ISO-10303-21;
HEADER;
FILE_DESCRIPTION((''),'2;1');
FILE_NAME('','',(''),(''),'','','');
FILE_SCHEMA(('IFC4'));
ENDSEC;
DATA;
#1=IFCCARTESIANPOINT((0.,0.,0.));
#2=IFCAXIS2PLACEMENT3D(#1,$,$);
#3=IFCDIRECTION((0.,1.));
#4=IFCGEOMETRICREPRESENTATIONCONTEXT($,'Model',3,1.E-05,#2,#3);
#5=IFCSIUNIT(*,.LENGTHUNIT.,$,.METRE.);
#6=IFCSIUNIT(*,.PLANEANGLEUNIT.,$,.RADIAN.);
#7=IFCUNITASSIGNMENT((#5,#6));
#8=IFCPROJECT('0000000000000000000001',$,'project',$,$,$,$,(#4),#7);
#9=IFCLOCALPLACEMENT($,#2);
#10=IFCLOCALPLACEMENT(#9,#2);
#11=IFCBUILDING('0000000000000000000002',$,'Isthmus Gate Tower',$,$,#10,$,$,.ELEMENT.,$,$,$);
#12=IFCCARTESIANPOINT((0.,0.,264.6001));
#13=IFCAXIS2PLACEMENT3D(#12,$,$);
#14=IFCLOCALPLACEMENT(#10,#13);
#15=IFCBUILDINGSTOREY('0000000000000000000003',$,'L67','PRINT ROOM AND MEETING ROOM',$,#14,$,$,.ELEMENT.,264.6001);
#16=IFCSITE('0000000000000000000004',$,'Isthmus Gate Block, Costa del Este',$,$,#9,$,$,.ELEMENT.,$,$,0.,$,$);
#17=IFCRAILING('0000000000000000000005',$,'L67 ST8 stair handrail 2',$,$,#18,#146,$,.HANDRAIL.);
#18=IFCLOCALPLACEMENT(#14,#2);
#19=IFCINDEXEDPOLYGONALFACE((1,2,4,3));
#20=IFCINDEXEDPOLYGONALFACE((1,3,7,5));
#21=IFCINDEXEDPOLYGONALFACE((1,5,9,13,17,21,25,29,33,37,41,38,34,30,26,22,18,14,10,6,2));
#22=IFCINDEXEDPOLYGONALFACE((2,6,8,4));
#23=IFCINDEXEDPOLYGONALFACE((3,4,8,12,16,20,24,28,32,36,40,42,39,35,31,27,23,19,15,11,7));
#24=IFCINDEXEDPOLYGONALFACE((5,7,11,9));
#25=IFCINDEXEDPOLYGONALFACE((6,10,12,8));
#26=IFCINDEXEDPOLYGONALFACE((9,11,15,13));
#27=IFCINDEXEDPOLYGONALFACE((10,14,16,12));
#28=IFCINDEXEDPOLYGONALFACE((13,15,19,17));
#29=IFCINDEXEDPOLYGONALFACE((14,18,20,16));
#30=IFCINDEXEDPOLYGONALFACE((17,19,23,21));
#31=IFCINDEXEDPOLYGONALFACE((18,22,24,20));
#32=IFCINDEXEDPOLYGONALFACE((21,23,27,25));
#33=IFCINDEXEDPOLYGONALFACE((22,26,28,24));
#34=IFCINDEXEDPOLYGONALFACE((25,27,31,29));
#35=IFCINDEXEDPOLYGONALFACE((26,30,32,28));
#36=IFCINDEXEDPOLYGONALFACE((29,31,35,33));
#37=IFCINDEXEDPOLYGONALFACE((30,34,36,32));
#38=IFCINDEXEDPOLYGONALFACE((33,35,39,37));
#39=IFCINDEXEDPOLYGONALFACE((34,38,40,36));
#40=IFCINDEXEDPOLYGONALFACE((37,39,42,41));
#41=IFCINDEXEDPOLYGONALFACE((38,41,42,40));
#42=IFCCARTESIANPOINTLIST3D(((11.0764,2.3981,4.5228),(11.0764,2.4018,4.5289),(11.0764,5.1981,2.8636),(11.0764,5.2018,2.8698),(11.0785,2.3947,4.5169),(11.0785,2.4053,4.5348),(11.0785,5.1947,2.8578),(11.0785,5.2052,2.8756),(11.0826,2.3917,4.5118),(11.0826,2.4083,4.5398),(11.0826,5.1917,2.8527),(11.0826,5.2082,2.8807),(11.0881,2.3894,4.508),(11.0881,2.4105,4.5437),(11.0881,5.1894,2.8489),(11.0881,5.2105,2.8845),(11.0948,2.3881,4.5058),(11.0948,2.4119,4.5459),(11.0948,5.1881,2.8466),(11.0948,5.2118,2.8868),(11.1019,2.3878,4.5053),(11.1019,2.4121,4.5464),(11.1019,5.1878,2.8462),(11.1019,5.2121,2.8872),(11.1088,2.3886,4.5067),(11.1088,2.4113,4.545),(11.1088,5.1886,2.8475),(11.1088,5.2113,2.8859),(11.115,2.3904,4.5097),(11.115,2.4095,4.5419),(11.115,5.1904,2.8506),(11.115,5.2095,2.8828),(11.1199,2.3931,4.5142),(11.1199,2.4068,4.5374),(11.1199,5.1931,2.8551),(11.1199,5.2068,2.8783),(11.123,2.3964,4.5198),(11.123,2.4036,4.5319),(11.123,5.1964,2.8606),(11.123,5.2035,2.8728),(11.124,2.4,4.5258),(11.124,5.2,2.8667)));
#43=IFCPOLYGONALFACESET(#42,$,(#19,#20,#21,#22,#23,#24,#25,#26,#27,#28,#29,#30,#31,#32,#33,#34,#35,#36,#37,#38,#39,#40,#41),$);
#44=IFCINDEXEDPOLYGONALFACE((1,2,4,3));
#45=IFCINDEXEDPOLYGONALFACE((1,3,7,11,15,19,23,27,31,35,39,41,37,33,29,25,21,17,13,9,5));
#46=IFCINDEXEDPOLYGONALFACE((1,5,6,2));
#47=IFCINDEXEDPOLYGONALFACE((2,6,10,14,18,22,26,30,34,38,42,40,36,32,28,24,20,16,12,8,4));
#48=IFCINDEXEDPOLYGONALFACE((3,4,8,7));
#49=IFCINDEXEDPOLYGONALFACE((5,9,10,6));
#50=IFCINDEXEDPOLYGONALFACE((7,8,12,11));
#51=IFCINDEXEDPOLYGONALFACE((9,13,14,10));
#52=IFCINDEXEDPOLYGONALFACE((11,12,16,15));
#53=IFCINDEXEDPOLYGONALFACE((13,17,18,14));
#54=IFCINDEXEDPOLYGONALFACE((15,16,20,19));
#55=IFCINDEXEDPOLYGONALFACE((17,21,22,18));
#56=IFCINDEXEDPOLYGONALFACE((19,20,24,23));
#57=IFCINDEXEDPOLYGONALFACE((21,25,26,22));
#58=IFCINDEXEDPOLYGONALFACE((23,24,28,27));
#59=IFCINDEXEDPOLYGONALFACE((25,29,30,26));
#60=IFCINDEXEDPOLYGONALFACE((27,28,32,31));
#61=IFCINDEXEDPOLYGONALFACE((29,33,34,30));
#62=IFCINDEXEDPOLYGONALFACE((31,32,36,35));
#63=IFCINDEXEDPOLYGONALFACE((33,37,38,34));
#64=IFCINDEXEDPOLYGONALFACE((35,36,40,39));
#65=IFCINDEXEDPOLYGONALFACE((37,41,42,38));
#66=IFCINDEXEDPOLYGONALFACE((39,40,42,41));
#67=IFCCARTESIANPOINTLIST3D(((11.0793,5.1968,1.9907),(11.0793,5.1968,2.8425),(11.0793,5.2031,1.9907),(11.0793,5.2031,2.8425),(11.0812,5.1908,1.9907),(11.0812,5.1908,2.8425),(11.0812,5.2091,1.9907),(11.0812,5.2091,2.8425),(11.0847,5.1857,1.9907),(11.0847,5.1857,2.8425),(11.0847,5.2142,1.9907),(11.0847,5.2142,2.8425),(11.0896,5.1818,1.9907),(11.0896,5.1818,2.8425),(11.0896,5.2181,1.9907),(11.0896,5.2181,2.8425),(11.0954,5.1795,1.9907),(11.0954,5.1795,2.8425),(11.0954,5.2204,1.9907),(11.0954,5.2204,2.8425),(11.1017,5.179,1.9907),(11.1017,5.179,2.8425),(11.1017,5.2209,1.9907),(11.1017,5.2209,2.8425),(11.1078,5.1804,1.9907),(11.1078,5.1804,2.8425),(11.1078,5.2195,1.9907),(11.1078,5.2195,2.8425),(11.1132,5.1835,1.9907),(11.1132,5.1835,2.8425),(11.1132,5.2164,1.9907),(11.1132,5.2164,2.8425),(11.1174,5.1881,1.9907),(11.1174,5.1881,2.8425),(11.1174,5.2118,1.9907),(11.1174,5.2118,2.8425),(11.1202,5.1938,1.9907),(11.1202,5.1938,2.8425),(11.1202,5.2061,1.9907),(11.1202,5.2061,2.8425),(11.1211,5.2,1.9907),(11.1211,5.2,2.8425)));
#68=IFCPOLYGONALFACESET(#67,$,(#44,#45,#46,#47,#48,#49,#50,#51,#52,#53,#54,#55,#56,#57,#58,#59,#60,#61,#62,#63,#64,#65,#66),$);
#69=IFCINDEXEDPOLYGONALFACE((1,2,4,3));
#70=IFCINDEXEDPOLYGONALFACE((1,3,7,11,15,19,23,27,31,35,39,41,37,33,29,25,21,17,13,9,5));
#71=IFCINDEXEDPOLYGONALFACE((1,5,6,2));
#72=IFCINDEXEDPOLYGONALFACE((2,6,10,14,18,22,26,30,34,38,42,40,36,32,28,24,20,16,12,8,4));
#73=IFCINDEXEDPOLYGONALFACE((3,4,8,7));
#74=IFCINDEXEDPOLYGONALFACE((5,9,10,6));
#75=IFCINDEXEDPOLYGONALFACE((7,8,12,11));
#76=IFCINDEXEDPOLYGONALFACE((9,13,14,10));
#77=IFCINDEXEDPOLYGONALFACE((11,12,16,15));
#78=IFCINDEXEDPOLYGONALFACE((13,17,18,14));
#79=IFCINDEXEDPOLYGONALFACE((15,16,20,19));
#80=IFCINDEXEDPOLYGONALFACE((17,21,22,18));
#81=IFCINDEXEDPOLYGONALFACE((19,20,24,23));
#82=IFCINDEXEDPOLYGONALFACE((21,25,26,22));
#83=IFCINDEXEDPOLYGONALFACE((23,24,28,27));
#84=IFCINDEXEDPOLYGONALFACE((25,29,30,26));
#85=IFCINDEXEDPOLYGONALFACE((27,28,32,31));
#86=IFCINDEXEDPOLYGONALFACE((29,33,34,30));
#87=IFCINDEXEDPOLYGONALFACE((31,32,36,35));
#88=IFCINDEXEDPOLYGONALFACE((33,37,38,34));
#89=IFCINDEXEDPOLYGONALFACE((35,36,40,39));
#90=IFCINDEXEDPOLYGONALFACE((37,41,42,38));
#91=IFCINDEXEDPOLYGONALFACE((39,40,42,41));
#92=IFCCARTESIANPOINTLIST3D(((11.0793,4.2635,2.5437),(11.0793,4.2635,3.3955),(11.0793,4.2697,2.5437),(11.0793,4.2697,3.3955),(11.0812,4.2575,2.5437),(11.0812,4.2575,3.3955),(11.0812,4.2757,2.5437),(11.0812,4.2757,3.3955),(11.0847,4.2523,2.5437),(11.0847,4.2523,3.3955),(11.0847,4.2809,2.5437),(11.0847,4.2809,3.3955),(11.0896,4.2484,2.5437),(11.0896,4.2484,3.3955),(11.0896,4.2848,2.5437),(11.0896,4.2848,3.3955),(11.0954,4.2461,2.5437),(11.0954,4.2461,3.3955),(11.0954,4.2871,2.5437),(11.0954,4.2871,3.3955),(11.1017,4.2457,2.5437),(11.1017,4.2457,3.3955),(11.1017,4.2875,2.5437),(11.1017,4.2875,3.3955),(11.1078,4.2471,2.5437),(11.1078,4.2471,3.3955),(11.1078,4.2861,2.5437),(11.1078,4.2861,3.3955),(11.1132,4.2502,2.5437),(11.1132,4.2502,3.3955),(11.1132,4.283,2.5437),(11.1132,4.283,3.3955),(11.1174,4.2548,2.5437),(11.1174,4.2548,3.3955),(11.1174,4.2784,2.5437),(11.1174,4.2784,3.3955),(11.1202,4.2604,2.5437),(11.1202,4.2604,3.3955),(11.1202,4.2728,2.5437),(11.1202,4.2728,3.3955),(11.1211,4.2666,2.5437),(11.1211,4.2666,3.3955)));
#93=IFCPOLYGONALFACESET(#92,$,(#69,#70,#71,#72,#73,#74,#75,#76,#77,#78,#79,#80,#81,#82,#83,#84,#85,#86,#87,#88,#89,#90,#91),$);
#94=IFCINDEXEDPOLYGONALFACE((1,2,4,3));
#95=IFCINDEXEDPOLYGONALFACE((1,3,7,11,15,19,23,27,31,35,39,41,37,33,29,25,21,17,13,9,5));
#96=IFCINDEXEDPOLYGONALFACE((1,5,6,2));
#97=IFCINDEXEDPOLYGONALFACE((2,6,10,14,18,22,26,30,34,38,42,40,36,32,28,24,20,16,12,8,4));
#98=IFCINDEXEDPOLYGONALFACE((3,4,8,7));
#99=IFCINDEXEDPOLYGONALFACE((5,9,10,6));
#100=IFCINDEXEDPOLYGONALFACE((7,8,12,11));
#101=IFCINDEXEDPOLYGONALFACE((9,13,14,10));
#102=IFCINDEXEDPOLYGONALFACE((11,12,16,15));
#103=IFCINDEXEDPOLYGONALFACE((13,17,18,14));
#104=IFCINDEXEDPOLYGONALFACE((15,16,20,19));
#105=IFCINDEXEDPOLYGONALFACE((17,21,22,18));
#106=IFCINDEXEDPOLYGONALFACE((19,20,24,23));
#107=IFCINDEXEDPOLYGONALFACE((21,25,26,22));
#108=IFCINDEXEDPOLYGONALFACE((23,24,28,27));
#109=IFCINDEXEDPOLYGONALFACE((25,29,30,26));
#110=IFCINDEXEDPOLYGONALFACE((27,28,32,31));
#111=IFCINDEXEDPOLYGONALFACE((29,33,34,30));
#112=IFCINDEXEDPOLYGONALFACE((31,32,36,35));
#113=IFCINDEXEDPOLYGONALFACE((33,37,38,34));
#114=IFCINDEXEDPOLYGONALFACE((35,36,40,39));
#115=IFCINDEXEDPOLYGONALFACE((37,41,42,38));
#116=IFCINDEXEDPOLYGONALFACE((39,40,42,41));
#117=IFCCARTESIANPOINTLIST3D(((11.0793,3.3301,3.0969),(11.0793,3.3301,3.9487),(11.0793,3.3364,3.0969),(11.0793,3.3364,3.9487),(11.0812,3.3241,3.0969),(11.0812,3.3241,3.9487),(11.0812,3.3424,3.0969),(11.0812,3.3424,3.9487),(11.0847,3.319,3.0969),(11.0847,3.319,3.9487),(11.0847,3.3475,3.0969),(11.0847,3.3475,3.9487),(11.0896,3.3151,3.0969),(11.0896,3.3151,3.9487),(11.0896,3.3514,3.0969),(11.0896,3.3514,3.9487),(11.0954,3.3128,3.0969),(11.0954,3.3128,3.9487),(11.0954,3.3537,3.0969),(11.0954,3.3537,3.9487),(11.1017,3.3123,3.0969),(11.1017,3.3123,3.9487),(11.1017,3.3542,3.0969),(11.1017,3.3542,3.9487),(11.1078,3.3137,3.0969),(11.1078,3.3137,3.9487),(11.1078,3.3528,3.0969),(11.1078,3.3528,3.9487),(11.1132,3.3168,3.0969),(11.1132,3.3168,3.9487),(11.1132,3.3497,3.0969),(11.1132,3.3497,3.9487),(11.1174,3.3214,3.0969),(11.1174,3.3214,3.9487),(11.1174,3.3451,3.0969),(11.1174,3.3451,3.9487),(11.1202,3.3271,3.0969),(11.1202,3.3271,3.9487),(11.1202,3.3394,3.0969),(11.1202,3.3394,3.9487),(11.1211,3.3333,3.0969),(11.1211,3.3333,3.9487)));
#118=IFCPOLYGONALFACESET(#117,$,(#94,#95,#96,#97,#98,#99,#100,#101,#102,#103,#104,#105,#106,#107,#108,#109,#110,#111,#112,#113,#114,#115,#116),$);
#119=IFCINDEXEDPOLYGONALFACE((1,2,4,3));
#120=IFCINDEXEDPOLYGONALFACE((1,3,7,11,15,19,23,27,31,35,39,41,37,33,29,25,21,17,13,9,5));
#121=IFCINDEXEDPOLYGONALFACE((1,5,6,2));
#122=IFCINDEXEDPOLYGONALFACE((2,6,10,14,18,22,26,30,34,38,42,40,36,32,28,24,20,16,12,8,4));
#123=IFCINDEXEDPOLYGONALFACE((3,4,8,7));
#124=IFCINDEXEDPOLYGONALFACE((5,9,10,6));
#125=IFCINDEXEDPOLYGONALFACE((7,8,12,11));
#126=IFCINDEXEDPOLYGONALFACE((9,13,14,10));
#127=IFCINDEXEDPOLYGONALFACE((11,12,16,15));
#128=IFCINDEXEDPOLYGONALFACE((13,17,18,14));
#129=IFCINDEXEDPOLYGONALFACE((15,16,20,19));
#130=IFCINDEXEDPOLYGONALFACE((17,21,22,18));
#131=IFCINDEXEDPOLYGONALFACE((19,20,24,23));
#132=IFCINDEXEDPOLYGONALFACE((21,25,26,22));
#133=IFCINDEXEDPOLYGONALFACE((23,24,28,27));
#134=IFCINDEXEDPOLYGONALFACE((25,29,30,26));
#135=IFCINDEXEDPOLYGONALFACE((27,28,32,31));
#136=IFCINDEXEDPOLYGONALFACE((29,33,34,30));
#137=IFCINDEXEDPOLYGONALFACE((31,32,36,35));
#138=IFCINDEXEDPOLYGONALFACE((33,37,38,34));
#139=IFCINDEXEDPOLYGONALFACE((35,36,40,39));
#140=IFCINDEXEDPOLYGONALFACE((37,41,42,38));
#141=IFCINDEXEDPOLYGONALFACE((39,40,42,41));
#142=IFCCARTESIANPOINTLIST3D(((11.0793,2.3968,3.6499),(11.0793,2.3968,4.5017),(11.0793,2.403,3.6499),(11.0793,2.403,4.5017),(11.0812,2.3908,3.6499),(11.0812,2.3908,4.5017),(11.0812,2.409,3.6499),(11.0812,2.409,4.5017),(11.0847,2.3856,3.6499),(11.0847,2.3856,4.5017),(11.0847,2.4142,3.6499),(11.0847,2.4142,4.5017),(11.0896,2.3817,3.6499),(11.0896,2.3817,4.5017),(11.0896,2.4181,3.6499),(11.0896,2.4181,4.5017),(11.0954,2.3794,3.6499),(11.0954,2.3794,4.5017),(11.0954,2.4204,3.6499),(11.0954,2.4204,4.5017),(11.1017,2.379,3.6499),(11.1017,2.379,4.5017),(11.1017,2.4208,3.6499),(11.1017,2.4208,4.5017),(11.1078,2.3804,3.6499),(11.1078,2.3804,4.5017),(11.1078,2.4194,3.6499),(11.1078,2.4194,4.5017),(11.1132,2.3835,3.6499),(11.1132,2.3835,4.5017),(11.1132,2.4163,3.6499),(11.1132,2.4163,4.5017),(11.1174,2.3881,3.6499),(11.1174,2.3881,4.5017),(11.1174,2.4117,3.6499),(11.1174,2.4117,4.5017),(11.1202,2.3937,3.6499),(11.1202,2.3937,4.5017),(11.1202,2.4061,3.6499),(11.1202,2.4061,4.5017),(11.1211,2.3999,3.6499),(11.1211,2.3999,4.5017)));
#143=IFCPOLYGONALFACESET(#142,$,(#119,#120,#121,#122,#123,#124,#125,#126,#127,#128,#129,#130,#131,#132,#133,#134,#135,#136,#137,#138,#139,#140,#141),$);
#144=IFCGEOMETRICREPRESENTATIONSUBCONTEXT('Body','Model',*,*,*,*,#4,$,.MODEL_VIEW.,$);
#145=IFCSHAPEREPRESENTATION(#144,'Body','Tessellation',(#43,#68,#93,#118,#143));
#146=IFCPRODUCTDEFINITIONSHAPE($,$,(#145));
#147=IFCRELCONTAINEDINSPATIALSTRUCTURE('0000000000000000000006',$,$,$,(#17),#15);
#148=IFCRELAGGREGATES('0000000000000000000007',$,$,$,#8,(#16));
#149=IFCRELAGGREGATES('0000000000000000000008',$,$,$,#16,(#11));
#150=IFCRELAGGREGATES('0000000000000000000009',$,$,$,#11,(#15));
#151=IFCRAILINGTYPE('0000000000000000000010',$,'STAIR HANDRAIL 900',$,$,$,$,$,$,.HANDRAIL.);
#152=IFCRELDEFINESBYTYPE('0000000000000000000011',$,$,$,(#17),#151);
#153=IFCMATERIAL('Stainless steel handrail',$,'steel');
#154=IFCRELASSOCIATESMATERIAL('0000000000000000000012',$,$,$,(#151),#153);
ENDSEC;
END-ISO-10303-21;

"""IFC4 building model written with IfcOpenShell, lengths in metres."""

from ifc_helpers import new_model, si_unit, direction, frame, origin, origin_2d, place, context, subcontext, project, spatial, circle, extrude, material, type_object, element, save


model = new_model("IFC4")

# Units and contexts
model_context = context("Model", 3, precision=1e-05, world=origin(), true_north=direction((0.0, 1.0)))
body_context = subcontext(model_context, "Body", "Model", "MODEL_VIEW")
ifc_project = project(units=[si_unit("LENGTHUNIT", "METRE"), si_unit("PLANEANGLEUNIT", "RADIAN")], contexts=[model_context])

# Site, building, storey
site_placement = place(None, origin())
site = spatial("IfcSite", under=ifc_project, at=site_placement, Name="Isthmus Gate Block, Costa del Este", CompositionType="ELEMENT", RefElevation=0.0)
building_placement = place(site_placement, origin())
building = spatial("IfcBuilding", under=site, at=building_placement, Name="Isthmus Gate Tower", CompositionType="ELEMENT")
storey_placement = place(building_placement, frame((0.0, 0.0, 264.6001)))
storey = spatial("IfcBuildingStorey", under=building, at=storey_placement, Name="L67", Description="PRINT ROOM AND MEETING ROOM", CompositionType="ELEMENT", Elevation=264.6001)

# Railing
ifc_material_1 = material(Name="Stainless steel handrail", Category="steel")
railing_type_1 = type_object("IfcRailingType", Name="STAIR HANDRAIL 900", PredefinedType="HANDRAIL", material=ifc_material_1)
for number, where, name in (
    (1, (11.1001, 5.2, 1.9907), "L67 ST8 stair handrail 2"),
):
    element("IfcRailing", number, at=place(storey_placement, frame(where)), inside=storey, type_object=railing_type_1, Name=name, PredefinedType="HANDRAIL", context=body_context, shape_type="SweptSolid", body=[
        extrude(circle(Radius=0.0239, at=origin_2d()), frame((0.0, 0.0, 0.876), z_axis=(0.0, -0.860306, 0.509778), x_axis=(1.0, 0.0, 0.0)), (0.0, 0.0, 1.0), 3.2546),
        extrude(circle(Radius=0.021, at=origin_2d()), origin(), (0.0, 0.0, 1.0), 0.8518),
        extrude(circle(Radius=0.021, at=origin_2d()), frame((0.0, -0.9333, 0.553)), (0.0, 0.0, 1.0), 0.8518),
        extrude(circle(Radius=0.021, at=origin_2d()), frame((0.0, -1.8667, 1.1062)), (0.0, 0.0, 1.0), 0.8518),
        extrude(circle(Radius=0.021, at=origin_2d()), frame((0.0, -2.8, 1.6592)), (0.0, 0.0, 1.0), 0.8518),
    ])

save(model, "model.ifc")
